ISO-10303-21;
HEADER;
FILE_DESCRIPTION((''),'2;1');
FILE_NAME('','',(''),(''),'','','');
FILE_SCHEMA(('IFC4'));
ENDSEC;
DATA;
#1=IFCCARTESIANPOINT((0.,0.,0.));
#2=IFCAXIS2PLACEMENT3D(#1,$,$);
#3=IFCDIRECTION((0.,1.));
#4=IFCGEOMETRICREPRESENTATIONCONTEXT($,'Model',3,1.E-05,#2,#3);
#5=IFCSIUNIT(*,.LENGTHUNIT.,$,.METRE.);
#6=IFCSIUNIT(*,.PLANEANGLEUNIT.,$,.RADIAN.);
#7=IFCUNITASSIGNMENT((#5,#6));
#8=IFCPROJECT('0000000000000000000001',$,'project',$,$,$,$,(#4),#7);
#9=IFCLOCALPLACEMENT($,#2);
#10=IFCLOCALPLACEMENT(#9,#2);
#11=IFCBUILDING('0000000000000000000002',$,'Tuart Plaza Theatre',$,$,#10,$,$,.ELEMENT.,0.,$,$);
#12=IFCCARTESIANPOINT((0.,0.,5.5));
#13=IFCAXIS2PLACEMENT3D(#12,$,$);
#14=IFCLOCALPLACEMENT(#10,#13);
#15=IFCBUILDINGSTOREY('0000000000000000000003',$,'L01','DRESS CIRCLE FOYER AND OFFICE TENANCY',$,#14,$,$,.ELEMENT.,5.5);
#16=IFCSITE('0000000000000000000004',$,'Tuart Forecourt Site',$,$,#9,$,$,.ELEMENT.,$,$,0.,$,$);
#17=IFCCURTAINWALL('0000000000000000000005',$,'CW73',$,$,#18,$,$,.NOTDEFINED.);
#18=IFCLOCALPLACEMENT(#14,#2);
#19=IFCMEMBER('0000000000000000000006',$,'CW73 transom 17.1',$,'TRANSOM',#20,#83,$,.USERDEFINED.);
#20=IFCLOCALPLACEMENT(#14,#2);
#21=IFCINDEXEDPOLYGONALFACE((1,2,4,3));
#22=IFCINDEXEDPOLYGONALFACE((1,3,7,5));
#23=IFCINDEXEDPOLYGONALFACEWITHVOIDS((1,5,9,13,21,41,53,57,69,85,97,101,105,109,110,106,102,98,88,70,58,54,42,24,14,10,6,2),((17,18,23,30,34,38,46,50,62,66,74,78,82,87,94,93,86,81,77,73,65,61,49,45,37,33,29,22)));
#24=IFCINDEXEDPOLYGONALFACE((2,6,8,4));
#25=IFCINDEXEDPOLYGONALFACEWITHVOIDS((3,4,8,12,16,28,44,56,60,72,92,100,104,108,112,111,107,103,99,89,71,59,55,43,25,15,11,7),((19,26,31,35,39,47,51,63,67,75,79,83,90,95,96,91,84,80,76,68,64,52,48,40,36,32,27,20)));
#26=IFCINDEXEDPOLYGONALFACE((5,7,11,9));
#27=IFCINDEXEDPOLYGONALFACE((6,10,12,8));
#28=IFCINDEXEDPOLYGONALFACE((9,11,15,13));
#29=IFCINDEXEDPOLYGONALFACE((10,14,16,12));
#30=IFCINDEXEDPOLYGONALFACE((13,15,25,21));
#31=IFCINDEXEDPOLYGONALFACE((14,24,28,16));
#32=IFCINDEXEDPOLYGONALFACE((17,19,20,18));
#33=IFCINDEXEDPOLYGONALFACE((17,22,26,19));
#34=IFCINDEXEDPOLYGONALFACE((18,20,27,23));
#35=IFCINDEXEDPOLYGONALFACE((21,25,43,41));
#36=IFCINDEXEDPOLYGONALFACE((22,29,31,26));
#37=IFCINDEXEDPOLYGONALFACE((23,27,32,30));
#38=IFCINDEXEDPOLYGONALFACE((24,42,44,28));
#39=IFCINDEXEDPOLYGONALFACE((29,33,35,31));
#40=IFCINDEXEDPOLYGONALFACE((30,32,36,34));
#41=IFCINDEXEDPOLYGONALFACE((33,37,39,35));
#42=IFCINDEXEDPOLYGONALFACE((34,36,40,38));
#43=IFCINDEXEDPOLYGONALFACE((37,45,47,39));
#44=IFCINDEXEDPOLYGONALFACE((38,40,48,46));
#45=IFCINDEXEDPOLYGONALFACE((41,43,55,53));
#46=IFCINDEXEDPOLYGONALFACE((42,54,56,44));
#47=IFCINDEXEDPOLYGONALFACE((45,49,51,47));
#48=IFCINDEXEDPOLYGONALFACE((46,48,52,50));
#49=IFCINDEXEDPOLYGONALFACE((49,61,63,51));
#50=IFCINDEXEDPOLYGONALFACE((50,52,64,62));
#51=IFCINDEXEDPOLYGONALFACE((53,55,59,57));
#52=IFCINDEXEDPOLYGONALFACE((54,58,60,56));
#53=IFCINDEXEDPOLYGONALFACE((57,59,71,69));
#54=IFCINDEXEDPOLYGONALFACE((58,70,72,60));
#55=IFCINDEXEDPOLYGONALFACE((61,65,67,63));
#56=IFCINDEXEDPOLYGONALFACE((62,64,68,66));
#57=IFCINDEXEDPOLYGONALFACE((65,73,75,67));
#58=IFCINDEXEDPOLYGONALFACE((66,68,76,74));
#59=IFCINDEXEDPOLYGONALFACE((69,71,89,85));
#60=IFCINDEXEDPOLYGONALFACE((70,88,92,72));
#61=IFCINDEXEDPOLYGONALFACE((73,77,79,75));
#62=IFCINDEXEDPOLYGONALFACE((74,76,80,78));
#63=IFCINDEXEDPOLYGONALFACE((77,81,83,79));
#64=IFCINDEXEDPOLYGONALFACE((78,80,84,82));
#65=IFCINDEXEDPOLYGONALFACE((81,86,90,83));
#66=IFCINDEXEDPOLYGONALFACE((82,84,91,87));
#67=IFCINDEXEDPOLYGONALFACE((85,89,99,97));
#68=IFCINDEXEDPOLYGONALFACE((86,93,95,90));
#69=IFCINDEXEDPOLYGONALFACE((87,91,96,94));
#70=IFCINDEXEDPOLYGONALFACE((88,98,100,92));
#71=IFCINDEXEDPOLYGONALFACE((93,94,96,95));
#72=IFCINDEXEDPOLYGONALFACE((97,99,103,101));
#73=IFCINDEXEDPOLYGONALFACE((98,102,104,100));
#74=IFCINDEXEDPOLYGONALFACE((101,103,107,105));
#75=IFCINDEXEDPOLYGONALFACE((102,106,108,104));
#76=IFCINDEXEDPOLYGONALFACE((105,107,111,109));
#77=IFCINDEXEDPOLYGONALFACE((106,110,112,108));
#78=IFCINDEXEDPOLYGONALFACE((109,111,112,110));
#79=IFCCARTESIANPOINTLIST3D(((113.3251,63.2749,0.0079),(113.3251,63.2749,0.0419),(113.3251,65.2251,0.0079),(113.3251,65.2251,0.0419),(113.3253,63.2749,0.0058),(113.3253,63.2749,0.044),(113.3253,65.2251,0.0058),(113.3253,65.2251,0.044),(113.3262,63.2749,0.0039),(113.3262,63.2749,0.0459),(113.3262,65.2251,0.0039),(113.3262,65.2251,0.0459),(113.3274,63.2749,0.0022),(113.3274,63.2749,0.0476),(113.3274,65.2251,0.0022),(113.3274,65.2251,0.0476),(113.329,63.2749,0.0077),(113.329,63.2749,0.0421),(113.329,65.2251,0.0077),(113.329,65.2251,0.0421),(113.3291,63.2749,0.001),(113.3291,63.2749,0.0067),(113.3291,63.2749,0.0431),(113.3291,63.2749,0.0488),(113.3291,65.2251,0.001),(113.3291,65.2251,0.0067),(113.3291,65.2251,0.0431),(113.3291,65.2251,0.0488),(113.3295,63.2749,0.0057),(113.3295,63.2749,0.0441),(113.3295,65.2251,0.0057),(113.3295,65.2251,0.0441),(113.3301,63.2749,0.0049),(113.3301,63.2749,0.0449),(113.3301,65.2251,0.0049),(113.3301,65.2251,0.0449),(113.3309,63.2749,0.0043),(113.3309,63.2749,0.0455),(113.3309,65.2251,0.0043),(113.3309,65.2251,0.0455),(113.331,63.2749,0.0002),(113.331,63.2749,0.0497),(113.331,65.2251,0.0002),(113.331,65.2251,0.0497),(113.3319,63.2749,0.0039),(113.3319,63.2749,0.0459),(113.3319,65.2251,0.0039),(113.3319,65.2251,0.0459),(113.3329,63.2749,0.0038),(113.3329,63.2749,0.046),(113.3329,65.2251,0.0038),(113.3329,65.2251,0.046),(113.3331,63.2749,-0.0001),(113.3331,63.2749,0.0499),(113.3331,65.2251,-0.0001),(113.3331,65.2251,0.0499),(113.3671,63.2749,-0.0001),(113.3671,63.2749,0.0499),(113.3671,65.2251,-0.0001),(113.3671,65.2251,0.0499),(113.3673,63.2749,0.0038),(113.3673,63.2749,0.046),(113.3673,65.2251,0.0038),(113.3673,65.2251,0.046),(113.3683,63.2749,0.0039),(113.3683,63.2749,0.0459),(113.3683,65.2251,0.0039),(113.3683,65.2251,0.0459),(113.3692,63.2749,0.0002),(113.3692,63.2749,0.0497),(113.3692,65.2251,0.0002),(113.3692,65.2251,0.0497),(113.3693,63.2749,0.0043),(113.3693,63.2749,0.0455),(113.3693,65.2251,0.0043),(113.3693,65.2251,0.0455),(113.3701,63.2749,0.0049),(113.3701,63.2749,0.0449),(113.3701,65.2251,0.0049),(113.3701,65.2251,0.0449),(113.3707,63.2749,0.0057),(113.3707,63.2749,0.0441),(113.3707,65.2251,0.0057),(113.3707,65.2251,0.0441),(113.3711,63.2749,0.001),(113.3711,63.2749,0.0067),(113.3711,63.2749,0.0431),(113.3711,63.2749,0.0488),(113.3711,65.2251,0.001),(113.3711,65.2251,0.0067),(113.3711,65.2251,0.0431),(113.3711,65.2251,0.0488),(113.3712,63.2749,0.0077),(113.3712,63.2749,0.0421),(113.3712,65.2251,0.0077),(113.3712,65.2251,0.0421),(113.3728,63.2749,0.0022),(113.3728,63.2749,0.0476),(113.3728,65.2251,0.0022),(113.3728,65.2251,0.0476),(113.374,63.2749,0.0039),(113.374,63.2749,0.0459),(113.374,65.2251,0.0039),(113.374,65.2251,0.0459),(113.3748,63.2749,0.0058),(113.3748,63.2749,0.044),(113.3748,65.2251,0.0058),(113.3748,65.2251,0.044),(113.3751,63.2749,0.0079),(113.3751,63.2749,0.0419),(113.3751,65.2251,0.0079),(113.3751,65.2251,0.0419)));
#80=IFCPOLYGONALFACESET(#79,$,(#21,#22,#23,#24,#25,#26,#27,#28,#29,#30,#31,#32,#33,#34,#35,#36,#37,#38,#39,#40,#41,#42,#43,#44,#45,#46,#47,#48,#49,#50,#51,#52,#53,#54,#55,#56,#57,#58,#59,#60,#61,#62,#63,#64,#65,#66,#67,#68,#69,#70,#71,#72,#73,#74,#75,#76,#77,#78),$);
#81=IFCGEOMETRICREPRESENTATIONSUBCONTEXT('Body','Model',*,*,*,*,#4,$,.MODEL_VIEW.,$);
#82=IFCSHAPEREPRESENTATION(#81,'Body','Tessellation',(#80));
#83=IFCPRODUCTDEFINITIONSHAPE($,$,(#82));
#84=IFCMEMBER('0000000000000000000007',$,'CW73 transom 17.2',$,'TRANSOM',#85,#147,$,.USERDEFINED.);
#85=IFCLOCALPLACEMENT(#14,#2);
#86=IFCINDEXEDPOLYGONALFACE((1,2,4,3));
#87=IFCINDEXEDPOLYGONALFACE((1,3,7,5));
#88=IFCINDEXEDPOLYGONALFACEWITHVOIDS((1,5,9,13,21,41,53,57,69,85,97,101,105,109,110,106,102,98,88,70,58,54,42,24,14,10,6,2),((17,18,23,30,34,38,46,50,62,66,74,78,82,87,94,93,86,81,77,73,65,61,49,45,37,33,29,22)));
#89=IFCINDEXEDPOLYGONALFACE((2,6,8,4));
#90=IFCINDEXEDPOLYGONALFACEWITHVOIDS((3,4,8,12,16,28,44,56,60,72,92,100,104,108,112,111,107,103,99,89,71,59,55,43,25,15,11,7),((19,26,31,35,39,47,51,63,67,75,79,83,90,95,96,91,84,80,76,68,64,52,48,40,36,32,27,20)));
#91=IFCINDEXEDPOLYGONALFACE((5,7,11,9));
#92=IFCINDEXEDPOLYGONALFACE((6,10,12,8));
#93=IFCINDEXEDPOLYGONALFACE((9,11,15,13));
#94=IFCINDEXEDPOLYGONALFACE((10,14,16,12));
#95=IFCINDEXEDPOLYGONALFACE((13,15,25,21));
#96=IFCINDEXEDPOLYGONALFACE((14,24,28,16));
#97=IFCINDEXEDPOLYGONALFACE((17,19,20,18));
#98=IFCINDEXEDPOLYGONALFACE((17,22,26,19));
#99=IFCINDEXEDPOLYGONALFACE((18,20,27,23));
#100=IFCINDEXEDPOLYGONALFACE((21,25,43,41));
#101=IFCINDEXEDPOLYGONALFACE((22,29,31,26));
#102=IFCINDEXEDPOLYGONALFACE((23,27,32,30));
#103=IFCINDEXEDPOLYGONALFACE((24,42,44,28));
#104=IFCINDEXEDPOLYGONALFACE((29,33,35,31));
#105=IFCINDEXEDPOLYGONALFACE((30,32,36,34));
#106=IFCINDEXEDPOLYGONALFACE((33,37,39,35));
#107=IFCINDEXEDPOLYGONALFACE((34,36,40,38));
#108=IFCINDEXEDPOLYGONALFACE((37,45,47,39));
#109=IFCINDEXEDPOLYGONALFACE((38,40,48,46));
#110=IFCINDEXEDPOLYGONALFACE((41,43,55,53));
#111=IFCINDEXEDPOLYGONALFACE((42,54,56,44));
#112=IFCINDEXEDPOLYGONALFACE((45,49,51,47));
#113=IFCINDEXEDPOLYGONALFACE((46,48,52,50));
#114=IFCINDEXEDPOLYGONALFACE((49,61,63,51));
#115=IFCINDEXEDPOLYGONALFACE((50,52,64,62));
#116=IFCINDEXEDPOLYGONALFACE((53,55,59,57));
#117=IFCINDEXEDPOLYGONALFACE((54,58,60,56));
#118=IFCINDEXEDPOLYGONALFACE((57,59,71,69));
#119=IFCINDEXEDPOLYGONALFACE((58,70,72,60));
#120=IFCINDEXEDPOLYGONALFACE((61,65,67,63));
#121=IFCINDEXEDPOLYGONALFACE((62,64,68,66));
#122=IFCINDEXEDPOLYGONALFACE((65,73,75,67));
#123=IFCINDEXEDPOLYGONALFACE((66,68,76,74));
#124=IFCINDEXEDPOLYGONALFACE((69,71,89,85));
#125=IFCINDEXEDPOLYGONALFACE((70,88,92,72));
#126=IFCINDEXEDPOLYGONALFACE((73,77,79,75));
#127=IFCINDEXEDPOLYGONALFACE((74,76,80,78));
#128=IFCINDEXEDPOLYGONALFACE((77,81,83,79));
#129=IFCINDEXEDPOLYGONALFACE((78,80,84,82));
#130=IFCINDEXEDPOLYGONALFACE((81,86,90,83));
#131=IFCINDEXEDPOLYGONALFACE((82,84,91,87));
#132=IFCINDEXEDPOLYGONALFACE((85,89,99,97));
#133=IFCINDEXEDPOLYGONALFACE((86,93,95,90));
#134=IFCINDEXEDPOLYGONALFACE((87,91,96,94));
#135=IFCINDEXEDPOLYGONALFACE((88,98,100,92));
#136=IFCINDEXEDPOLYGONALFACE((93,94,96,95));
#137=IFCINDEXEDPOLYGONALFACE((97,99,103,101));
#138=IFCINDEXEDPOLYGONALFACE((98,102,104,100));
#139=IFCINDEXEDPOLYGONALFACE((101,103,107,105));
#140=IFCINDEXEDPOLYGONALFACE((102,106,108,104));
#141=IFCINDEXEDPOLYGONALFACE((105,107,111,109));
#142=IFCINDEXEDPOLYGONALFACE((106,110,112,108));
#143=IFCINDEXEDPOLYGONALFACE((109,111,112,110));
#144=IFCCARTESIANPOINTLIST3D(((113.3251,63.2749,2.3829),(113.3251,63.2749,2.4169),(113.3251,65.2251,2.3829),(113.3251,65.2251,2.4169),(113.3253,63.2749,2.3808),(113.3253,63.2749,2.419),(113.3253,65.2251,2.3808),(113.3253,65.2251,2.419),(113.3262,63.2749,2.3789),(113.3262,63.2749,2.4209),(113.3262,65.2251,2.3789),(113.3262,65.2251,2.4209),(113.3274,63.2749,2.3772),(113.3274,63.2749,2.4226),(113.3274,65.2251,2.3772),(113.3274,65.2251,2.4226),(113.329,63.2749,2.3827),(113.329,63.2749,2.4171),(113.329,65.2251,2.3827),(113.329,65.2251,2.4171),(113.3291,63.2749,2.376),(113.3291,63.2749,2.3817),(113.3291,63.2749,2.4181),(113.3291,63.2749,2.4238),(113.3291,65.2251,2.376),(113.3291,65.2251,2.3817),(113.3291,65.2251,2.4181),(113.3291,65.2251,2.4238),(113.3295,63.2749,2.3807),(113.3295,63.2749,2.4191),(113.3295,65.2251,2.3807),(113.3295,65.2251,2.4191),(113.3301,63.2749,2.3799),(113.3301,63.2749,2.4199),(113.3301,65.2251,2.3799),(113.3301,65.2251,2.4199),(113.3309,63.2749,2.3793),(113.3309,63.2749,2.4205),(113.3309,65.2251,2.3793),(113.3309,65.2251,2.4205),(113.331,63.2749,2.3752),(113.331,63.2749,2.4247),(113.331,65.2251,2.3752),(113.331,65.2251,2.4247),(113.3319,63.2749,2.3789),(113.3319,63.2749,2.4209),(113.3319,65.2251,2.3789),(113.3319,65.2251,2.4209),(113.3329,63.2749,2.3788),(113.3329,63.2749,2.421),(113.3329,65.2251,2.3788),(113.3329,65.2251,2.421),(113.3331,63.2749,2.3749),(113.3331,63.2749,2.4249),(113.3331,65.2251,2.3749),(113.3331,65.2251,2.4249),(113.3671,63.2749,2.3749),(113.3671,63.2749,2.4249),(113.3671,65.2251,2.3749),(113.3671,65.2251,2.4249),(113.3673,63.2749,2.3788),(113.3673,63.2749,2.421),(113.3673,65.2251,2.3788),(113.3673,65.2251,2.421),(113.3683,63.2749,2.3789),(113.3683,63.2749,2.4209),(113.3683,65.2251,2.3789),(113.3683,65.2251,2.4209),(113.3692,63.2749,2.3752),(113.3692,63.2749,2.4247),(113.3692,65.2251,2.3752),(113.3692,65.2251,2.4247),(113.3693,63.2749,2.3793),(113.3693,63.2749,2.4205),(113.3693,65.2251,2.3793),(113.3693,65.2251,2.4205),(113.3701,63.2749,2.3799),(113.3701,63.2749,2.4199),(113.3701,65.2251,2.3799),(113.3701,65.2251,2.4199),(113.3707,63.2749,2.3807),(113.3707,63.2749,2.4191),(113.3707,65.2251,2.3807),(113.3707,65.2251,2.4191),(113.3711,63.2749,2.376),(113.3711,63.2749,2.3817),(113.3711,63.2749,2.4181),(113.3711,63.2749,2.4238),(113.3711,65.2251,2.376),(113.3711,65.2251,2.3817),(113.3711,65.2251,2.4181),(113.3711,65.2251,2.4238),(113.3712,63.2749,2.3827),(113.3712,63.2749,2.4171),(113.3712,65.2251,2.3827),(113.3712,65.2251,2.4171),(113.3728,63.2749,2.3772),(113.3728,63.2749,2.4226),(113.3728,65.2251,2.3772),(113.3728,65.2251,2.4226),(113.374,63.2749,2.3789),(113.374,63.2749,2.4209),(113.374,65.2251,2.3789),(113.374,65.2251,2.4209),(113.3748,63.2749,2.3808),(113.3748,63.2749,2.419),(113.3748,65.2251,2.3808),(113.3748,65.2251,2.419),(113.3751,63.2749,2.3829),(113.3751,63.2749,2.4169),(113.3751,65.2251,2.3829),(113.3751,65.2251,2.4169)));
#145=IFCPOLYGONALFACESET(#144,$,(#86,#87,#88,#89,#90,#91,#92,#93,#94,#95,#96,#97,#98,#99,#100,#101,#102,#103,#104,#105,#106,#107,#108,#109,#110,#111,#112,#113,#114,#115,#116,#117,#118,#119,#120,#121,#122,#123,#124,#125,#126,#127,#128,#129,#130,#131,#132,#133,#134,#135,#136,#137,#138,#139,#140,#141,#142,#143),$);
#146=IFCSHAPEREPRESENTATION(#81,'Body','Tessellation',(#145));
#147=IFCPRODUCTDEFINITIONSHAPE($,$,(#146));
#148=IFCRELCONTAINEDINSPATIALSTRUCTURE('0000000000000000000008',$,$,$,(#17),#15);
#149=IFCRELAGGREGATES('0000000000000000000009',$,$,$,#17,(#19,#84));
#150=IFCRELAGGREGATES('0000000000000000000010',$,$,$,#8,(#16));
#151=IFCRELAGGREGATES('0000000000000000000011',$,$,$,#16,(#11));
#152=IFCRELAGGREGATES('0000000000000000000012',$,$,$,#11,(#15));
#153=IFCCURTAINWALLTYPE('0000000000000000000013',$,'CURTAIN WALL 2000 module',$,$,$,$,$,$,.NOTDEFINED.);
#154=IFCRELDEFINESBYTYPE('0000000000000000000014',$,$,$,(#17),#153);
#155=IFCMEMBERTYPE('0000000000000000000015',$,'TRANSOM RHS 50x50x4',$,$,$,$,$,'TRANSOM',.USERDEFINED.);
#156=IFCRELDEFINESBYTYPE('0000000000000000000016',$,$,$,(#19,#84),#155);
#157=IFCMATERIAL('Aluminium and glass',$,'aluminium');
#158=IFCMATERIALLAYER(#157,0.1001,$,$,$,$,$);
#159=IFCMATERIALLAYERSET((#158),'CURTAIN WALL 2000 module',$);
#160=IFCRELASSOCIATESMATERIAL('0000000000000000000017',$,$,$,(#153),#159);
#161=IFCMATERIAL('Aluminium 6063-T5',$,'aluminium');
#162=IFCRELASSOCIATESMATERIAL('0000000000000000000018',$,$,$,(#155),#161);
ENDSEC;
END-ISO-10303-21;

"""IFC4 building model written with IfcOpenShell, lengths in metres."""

from ifc_helpers import new_model, si_unit, direction, frame, origin, origin_2d, place, context, subcontext, project, spatial, hollow_rectangle, extrude, material, layer, layer_set, material_profile, profile_set, type_object, element, aggregate, save


model = new_model("IFC4")

# Units and contexts
model_context = context("Model", 3, precision=1e-05, world=origin(), true_north=direction((0.0, 1.0)))
body_context = subcontext(model_context, "Body", "Model", "MODEL_VIEW")
ifc_project = project(units=[si_unit("LENGTHUNIT", "METRE"), si_unit("PLANEANGLEUNIT", "RADIAN")], contexts=[model_context])

# Site, building, storey
site_placement = place(None, origin())
site = spatial("IfcSite", under=ifc_project, at=site_placement, Name="Tuart Forecourt Site", CompositionType="ELEMENT", RefElevation=0.0)
building_placement = place(site_placement, origin())
building = spatial("IfcBuilding", under=site, at=building_placement, Name="Tuart Plaza Theatre", CompositionType="ELEMENT", ElevationOfRefHeight=0.0)
storey_placement = place(building_placement, frame((0.0, 0.0, 5.5)))
storey = spatial("IfcBuildingStorey", under=building, at=storey_placement, Name="L01", Description="DRESS CIRCLE FOYER AND OFFICE TENANCY", CompositionType="ELEMENT", Elevation=5.5)

# Curtain wall, members
ifc_material_1 = material(Name="Aluminium and glass", Category="aluminium")
ifc_layer_1 = layer(ifc_material_1, 0.1001)
ifc_layer_set_1 = layer_set([ifc_layer_1], Name="CURTAIN WALL 2000 module")
curtain_wall_type = type_object("IfcCurtainWallType", Name="CURTAIN WALL 2000 module", PredefinedType="NOTDEFINED", material=ifc_layer_set_1)
curtain_wall_placement = place(storey_placement, origin())
curtain_wall = element("IfcCurtainWall", 1, at=curtain_wall_placement, inside=storey, type_object=curtain_wall_type, Name="CW73", PredefinedType="NOTDEFINED")
ifc_material_2 = material(Name="Aluminium 6063-T5", Category="aluminium")
ifc_material_profile_1 = material_profile(ifc_material_2, hollow_rectangle(XDim=0.05, YDim=0.05, WallThickness=0.0039, InnerFilletRadius=0.0039, OuterFilletRadius=0.0081, at=origin_2d()), Name="RHS 50x50x4")
ifc_profile_set_1 = profile_set([ifc_material_profile_1], Name="Aluminium 6063-T5")
member_type_1 = type_object("IfcMemberType", Name="TRANSOM RHS 50x50x4", ElementType="TRANSOM", PredefinedType="USERDEFINED", material=ifc_profile_set_1)
member_1_placement = place(storey_placement, frame((113.3501, 65.2251, 0.0249), z_axis=(0.0, -1.0, 0.0), x_axis=(1.0, 0.0, 0.0)))
member_1 = element("IfcMember", 2, at=member_1_placement, type_object=member_type_1, Name="CW73 transom 17.1", ObjectType="TRANSOM", PredefinedType="USERDEFINED", context=body_context, shape_type="SweptSolid", body=[
    extrude(hollow_rectangle(XDim=0.05, YDim=0.05, WallThickness=0.0039, InnerFilletRadius=0.0039, OuterFilletRadius=0.0081, at=origin_2d()), origin(), (0.0, 0.0, 1.0), 1.9502),
])
member_2_placement = place(storey_placement, frame((113.3501, 65.2251, 2.3999), z_axis=(0.0, -1.0, 0.0), x_axis=(1.0, 0.0, 0.0)))
member_2 = element("IfcMember", 3, at=member_2_placement, type_object=member_type_1, Name="CW73 transom 17.2", ObjectType="TRANSOM", PredefinedType="USERDEFINED", context=body_context, shape_type="SweptSolid", body=[
    extrude(hollow_rectangle(XDim=0.05, YDim=0.05, WallThickness=0.0039, InnerFilletRadius=0.0039, OuterFilletRadius=0.0081, at=origin_2d()), origin(), (0.0, 0.0, 1.0), 1.9502),
])
aggregate(curtain_wall, [member_1, member_2])

save(model, "model.ifc")
